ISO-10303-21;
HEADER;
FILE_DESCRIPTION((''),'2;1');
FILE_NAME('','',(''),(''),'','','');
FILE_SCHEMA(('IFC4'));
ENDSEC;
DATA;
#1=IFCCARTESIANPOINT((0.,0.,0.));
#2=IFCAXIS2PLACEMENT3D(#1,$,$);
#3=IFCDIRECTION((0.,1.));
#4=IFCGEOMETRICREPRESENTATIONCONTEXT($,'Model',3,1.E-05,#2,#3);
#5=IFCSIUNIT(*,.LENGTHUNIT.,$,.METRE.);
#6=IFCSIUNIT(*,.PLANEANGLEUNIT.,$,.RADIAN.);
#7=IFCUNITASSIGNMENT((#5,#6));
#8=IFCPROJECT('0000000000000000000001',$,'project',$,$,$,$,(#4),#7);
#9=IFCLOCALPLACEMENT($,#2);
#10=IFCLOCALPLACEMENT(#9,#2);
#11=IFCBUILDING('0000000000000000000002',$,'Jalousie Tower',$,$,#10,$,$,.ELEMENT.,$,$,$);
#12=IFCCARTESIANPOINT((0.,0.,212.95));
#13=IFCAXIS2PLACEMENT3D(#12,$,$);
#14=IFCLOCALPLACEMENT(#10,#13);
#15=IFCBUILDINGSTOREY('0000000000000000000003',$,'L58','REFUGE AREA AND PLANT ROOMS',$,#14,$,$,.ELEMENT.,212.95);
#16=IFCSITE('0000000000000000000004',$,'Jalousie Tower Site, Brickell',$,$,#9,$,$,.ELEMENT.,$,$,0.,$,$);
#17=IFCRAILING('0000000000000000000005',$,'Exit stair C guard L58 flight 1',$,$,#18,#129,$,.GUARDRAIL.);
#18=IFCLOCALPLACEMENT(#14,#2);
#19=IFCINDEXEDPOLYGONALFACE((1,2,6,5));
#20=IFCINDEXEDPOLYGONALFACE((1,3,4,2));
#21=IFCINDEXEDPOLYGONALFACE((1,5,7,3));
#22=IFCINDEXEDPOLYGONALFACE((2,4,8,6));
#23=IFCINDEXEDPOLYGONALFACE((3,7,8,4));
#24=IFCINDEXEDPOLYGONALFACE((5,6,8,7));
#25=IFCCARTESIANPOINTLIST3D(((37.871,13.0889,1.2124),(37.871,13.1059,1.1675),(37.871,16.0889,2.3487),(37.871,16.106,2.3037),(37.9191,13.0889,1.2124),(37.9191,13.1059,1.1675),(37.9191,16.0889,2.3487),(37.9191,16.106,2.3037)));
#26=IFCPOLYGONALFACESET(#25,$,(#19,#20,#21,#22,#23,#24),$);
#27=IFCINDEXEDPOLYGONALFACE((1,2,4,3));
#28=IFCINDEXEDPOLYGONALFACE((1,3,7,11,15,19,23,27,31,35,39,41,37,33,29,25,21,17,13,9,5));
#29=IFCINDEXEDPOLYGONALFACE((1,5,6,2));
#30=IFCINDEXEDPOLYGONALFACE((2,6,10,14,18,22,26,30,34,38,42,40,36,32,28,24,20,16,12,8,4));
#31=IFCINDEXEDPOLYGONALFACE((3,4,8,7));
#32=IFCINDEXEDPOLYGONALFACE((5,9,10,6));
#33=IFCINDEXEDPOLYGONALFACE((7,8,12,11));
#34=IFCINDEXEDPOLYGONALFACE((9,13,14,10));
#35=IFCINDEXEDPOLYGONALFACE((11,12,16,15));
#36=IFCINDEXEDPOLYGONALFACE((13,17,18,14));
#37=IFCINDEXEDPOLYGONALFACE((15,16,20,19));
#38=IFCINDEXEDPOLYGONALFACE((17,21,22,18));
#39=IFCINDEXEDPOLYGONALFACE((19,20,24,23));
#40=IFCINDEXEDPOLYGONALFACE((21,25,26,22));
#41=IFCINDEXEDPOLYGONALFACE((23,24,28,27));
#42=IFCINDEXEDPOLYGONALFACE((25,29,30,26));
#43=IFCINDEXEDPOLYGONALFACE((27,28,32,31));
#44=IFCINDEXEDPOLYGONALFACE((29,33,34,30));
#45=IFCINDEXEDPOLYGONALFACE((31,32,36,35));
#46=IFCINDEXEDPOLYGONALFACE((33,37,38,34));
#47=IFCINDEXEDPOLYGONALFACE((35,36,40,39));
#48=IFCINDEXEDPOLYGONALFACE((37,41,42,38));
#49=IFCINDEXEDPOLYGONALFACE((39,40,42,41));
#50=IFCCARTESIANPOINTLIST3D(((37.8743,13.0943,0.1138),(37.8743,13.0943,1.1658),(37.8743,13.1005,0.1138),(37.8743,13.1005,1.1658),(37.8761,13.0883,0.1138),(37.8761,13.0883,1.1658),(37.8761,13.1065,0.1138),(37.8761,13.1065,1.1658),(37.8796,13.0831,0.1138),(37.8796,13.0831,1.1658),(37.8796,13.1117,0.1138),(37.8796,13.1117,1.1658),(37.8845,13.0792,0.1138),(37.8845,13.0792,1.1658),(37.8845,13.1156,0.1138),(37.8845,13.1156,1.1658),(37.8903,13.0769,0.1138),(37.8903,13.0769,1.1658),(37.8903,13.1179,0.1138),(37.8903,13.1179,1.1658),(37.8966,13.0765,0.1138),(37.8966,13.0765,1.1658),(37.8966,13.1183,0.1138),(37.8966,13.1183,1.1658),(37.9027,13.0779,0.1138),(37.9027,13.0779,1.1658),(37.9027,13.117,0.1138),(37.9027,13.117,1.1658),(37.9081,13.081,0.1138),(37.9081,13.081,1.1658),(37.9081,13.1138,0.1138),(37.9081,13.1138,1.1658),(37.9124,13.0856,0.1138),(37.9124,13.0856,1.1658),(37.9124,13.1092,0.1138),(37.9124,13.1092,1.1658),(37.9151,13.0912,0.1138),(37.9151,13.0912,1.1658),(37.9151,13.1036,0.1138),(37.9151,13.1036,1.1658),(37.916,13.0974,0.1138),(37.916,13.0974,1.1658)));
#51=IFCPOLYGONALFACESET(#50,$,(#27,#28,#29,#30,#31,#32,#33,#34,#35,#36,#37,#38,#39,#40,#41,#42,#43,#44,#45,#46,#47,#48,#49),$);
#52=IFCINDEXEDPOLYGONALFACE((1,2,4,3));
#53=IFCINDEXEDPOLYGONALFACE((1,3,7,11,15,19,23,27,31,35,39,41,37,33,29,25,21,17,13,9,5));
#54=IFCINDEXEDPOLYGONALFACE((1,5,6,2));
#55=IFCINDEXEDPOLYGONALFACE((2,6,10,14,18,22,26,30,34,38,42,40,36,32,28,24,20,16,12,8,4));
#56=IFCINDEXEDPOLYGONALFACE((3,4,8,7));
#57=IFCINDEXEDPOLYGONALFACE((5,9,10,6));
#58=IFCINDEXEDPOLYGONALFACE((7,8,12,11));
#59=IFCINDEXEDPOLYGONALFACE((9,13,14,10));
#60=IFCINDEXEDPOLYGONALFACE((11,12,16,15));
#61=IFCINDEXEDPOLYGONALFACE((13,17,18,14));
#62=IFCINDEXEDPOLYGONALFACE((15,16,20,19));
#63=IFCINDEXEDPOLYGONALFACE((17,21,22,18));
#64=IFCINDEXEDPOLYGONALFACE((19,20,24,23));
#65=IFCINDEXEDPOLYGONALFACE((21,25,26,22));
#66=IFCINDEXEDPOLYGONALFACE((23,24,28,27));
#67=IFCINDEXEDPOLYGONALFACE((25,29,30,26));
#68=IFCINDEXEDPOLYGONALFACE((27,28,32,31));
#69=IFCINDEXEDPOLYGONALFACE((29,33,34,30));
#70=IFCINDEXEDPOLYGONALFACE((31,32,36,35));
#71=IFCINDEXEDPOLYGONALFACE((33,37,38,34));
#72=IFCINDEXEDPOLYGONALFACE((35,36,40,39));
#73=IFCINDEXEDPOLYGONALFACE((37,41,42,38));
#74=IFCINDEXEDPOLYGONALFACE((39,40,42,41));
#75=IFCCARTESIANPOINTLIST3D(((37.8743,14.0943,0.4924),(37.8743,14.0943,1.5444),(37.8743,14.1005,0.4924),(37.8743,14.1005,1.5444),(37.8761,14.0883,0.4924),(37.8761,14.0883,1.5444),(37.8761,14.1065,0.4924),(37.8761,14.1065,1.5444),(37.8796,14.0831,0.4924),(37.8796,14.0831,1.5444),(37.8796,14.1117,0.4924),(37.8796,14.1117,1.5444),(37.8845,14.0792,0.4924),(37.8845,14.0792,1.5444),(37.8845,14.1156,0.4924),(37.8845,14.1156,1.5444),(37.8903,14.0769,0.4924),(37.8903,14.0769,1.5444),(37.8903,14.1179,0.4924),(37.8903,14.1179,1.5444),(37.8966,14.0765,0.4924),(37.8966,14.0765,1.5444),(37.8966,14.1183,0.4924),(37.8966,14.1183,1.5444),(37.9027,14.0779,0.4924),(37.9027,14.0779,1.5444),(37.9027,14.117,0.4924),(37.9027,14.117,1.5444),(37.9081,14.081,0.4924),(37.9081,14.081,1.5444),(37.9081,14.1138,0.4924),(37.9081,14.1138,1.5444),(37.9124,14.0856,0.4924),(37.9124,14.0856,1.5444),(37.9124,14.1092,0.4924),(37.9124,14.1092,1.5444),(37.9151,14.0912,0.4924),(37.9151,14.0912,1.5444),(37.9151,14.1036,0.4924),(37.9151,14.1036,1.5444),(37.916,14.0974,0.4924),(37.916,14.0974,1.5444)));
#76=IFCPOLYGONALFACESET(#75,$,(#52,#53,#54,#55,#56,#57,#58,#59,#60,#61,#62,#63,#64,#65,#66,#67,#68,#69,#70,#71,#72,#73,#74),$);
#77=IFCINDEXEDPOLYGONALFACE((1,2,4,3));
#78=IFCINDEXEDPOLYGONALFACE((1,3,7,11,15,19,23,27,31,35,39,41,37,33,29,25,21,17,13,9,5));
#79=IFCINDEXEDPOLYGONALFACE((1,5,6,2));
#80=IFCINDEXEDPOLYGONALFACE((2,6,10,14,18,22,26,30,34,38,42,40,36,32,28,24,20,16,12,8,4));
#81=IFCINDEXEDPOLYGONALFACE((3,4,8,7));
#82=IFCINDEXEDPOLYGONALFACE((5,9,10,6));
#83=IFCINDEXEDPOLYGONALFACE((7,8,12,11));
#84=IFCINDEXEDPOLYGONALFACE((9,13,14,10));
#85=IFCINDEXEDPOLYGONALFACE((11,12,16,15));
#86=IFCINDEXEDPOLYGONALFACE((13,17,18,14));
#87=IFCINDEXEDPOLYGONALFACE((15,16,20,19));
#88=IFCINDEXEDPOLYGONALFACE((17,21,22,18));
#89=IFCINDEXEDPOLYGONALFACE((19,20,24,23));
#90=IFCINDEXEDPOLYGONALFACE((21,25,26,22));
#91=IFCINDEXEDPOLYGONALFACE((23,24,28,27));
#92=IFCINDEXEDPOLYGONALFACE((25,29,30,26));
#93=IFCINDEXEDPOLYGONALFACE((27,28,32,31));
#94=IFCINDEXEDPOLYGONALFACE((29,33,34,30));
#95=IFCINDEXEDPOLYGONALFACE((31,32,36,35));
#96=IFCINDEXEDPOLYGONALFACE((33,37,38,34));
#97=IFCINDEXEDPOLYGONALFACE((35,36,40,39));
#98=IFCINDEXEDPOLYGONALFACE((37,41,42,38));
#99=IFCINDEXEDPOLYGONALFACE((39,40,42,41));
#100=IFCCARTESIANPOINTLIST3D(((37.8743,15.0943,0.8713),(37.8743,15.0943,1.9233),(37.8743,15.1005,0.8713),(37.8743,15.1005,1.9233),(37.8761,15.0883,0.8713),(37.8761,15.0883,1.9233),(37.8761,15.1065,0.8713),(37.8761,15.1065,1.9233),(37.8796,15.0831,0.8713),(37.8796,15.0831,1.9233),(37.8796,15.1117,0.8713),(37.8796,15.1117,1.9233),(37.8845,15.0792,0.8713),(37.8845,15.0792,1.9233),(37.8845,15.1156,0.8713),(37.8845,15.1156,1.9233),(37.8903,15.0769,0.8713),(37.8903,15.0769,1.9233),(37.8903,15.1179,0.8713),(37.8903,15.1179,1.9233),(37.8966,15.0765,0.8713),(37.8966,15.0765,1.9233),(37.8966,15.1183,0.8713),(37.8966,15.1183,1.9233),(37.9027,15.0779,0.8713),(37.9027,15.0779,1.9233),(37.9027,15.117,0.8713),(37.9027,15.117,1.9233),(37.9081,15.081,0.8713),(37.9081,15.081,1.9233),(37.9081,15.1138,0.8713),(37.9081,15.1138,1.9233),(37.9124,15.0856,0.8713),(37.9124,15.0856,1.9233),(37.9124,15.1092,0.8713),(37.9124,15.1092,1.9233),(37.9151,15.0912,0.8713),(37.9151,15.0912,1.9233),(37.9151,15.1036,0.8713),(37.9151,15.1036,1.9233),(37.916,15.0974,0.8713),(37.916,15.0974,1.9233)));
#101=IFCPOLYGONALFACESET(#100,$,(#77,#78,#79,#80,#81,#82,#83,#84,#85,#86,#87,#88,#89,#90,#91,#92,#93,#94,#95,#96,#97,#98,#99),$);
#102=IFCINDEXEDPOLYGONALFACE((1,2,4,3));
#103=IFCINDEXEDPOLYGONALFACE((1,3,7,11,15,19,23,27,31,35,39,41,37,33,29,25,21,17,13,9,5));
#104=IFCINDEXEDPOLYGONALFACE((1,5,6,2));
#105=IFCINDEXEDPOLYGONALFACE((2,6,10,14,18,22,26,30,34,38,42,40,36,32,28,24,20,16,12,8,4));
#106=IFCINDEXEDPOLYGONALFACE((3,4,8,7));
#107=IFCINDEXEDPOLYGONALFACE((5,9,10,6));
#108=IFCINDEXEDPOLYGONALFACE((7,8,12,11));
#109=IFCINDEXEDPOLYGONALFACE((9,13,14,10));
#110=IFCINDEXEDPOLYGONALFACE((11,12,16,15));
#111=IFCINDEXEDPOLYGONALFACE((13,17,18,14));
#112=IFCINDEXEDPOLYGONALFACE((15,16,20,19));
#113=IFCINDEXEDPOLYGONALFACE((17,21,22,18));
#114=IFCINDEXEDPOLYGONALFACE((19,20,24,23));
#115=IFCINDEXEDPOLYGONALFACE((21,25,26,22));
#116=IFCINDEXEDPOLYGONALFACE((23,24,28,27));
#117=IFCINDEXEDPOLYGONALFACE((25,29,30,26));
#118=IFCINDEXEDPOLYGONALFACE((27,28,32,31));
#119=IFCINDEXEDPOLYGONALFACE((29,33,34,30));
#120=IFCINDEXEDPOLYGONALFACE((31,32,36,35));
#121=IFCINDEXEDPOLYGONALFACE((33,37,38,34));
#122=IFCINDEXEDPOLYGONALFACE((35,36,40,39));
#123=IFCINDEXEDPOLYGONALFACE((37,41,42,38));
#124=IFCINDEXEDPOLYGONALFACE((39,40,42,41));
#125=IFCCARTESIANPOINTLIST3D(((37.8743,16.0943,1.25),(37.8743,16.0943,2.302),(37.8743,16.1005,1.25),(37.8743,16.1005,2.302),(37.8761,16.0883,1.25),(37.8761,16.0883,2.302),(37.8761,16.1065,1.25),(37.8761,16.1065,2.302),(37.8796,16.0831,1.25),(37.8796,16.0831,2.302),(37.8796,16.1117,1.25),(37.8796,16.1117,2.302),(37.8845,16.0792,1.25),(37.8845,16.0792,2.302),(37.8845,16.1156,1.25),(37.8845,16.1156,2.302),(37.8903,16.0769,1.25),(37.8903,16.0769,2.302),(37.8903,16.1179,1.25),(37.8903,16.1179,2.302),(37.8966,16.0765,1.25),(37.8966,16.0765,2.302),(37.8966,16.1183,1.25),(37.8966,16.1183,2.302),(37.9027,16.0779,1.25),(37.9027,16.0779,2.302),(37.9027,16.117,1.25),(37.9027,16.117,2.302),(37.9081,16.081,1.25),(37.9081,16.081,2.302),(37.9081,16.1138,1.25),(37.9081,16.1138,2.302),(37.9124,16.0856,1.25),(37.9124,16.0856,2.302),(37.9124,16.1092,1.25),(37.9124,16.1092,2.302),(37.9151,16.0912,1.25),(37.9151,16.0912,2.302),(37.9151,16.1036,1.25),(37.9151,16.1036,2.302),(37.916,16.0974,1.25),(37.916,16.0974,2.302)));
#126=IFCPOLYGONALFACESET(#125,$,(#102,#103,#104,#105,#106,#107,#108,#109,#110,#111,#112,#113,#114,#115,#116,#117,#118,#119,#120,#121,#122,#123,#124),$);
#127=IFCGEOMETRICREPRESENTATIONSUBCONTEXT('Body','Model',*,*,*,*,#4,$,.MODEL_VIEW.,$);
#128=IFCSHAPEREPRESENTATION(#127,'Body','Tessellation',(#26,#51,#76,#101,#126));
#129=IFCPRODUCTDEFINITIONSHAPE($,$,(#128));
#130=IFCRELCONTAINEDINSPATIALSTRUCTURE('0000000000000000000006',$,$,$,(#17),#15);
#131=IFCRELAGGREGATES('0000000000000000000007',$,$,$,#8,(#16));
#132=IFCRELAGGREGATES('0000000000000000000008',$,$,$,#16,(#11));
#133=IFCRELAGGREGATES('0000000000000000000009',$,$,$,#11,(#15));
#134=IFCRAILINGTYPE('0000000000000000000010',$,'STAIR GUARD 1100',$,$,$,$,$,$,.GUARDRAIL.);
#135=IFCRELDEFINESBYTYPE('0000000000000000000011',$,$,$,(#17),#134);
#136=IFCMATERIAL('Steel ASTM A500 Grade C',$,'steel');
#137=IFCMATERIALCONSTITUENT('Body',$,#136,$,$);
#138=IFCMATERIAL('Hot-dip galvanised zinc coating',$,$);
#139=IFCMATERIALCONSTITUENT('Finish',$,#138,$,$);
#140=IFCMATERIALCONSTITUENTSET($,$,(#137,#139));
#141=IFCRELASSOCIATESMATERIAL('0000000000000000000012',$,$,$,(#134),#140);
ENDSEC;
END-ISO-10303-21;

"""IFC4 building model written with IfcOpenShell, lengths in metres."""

from ifc_helpers import new_model, si_unit, direction, frame, origin, origin_2d, place, context, subcontext, project, spatial, rectangle, circle, extrude, material, constituent, constituent_set, type_object, element, save


model = new_model("IFC4")

# Units and contexts
model_context = context("Model", 3, precision=1e-05, world=origin(), true_north=direction((0.0, 1.0)))
body_context = subcontext(model_context, "Body", "Model", "MODEL_VIEW")
ifc_project = project(units=[si_unit("LENGTHUNIT", "METRE"), si_unit("PLANEANGLEUNIT", "RADIAN")], contexts=[model_context])

# Site, building, storey
site_placement = place(None, origin())
site = spatial("IfcSite", under=ifc_project, at=site_placement, Name="Jalousie Tower Site, Brickell", CompositionType="ELEMENT", RefElevation=0.0)
building_placement = place(site_placement, origin())
building = spatial("IfcBuilding", under=site, at=building_placement, Name="Jalousie Tower", CompositionType="ELEMENT")
storey_placement = place(building_placement, frame((0.0, 0.0, 212.95)))
storey = spatial("IfcBuildingStorey", under=building, at=storey_placement, Name="L58", Description="REFUGE AREA AND PLANT ROOMS", CompositionType="ELEMENT", Elevation=212.95)

# Railing
ifc_material_1 = material(Name="Steel ASTM A500 Grade C", Category="steel")
ifc_constituent_1 = constituent(ifc_material_1, Name="Body")
ifc_material_2 = material(Name="Hot-dip galvanised zinc coating")
ifc_constituent_2 = constituent(ifc_material_2, Name="Finish")
ifc_constituent_set_1 = constituent_set(constituents=[ifc_constituent_1, ifc_constituent_2])
railing_type_1 = type_object("IfcRailingType", Name="STAIR GUARD 1100", PredefinedType="GUARDRAIL", material=ifc_constituent_set_1)
railing_1_placement = place(storey_placement, frame((37.895, 13.0974, 0.1138)))
element("IfcRailing", 1, at=railing_1_placement, inside=storey, type_object=railing_type_1, Name="Exit stair C guard L58 flight 1", PredefinedType="GUARDRAIL", context=body_context, shape_type="SweptSolid", body=[
    extrude(rectangle(XDim=0.0481, YDim=0.0481, at=origin_2d()), frame((0.0, 0.0, 1.0762), z_axis=(0.0, 0.935173, 0.354191), x_axis=(-1.0, 0.0, 0.0)), (0.0, 0.0, 1.0), 3.208),
    extrude(circle(Radius=0.021, at=origin_2d()), origin(), (0.0, 0.0, 1.0), 1.052),
    extrude(circle(Radius=0.021, at=origin_2d()), frame((0.0, 1.0, 0.3787)), (0.0, 0.0, 1.0), 1.052),
    extrude(circle(Radius=0.021, at=origin_2d()), frame((0.0, 2.0, 0.7576)), (0.0, 0.0, 1.0), 1.052),
    extrude(circle(Radius=0.021, at=origin_2d()), frame((0.0, 3.0, 1.1362)), (0.0, 0.0, 1.0), 1.052),
])

save(model, "model.ifc")
